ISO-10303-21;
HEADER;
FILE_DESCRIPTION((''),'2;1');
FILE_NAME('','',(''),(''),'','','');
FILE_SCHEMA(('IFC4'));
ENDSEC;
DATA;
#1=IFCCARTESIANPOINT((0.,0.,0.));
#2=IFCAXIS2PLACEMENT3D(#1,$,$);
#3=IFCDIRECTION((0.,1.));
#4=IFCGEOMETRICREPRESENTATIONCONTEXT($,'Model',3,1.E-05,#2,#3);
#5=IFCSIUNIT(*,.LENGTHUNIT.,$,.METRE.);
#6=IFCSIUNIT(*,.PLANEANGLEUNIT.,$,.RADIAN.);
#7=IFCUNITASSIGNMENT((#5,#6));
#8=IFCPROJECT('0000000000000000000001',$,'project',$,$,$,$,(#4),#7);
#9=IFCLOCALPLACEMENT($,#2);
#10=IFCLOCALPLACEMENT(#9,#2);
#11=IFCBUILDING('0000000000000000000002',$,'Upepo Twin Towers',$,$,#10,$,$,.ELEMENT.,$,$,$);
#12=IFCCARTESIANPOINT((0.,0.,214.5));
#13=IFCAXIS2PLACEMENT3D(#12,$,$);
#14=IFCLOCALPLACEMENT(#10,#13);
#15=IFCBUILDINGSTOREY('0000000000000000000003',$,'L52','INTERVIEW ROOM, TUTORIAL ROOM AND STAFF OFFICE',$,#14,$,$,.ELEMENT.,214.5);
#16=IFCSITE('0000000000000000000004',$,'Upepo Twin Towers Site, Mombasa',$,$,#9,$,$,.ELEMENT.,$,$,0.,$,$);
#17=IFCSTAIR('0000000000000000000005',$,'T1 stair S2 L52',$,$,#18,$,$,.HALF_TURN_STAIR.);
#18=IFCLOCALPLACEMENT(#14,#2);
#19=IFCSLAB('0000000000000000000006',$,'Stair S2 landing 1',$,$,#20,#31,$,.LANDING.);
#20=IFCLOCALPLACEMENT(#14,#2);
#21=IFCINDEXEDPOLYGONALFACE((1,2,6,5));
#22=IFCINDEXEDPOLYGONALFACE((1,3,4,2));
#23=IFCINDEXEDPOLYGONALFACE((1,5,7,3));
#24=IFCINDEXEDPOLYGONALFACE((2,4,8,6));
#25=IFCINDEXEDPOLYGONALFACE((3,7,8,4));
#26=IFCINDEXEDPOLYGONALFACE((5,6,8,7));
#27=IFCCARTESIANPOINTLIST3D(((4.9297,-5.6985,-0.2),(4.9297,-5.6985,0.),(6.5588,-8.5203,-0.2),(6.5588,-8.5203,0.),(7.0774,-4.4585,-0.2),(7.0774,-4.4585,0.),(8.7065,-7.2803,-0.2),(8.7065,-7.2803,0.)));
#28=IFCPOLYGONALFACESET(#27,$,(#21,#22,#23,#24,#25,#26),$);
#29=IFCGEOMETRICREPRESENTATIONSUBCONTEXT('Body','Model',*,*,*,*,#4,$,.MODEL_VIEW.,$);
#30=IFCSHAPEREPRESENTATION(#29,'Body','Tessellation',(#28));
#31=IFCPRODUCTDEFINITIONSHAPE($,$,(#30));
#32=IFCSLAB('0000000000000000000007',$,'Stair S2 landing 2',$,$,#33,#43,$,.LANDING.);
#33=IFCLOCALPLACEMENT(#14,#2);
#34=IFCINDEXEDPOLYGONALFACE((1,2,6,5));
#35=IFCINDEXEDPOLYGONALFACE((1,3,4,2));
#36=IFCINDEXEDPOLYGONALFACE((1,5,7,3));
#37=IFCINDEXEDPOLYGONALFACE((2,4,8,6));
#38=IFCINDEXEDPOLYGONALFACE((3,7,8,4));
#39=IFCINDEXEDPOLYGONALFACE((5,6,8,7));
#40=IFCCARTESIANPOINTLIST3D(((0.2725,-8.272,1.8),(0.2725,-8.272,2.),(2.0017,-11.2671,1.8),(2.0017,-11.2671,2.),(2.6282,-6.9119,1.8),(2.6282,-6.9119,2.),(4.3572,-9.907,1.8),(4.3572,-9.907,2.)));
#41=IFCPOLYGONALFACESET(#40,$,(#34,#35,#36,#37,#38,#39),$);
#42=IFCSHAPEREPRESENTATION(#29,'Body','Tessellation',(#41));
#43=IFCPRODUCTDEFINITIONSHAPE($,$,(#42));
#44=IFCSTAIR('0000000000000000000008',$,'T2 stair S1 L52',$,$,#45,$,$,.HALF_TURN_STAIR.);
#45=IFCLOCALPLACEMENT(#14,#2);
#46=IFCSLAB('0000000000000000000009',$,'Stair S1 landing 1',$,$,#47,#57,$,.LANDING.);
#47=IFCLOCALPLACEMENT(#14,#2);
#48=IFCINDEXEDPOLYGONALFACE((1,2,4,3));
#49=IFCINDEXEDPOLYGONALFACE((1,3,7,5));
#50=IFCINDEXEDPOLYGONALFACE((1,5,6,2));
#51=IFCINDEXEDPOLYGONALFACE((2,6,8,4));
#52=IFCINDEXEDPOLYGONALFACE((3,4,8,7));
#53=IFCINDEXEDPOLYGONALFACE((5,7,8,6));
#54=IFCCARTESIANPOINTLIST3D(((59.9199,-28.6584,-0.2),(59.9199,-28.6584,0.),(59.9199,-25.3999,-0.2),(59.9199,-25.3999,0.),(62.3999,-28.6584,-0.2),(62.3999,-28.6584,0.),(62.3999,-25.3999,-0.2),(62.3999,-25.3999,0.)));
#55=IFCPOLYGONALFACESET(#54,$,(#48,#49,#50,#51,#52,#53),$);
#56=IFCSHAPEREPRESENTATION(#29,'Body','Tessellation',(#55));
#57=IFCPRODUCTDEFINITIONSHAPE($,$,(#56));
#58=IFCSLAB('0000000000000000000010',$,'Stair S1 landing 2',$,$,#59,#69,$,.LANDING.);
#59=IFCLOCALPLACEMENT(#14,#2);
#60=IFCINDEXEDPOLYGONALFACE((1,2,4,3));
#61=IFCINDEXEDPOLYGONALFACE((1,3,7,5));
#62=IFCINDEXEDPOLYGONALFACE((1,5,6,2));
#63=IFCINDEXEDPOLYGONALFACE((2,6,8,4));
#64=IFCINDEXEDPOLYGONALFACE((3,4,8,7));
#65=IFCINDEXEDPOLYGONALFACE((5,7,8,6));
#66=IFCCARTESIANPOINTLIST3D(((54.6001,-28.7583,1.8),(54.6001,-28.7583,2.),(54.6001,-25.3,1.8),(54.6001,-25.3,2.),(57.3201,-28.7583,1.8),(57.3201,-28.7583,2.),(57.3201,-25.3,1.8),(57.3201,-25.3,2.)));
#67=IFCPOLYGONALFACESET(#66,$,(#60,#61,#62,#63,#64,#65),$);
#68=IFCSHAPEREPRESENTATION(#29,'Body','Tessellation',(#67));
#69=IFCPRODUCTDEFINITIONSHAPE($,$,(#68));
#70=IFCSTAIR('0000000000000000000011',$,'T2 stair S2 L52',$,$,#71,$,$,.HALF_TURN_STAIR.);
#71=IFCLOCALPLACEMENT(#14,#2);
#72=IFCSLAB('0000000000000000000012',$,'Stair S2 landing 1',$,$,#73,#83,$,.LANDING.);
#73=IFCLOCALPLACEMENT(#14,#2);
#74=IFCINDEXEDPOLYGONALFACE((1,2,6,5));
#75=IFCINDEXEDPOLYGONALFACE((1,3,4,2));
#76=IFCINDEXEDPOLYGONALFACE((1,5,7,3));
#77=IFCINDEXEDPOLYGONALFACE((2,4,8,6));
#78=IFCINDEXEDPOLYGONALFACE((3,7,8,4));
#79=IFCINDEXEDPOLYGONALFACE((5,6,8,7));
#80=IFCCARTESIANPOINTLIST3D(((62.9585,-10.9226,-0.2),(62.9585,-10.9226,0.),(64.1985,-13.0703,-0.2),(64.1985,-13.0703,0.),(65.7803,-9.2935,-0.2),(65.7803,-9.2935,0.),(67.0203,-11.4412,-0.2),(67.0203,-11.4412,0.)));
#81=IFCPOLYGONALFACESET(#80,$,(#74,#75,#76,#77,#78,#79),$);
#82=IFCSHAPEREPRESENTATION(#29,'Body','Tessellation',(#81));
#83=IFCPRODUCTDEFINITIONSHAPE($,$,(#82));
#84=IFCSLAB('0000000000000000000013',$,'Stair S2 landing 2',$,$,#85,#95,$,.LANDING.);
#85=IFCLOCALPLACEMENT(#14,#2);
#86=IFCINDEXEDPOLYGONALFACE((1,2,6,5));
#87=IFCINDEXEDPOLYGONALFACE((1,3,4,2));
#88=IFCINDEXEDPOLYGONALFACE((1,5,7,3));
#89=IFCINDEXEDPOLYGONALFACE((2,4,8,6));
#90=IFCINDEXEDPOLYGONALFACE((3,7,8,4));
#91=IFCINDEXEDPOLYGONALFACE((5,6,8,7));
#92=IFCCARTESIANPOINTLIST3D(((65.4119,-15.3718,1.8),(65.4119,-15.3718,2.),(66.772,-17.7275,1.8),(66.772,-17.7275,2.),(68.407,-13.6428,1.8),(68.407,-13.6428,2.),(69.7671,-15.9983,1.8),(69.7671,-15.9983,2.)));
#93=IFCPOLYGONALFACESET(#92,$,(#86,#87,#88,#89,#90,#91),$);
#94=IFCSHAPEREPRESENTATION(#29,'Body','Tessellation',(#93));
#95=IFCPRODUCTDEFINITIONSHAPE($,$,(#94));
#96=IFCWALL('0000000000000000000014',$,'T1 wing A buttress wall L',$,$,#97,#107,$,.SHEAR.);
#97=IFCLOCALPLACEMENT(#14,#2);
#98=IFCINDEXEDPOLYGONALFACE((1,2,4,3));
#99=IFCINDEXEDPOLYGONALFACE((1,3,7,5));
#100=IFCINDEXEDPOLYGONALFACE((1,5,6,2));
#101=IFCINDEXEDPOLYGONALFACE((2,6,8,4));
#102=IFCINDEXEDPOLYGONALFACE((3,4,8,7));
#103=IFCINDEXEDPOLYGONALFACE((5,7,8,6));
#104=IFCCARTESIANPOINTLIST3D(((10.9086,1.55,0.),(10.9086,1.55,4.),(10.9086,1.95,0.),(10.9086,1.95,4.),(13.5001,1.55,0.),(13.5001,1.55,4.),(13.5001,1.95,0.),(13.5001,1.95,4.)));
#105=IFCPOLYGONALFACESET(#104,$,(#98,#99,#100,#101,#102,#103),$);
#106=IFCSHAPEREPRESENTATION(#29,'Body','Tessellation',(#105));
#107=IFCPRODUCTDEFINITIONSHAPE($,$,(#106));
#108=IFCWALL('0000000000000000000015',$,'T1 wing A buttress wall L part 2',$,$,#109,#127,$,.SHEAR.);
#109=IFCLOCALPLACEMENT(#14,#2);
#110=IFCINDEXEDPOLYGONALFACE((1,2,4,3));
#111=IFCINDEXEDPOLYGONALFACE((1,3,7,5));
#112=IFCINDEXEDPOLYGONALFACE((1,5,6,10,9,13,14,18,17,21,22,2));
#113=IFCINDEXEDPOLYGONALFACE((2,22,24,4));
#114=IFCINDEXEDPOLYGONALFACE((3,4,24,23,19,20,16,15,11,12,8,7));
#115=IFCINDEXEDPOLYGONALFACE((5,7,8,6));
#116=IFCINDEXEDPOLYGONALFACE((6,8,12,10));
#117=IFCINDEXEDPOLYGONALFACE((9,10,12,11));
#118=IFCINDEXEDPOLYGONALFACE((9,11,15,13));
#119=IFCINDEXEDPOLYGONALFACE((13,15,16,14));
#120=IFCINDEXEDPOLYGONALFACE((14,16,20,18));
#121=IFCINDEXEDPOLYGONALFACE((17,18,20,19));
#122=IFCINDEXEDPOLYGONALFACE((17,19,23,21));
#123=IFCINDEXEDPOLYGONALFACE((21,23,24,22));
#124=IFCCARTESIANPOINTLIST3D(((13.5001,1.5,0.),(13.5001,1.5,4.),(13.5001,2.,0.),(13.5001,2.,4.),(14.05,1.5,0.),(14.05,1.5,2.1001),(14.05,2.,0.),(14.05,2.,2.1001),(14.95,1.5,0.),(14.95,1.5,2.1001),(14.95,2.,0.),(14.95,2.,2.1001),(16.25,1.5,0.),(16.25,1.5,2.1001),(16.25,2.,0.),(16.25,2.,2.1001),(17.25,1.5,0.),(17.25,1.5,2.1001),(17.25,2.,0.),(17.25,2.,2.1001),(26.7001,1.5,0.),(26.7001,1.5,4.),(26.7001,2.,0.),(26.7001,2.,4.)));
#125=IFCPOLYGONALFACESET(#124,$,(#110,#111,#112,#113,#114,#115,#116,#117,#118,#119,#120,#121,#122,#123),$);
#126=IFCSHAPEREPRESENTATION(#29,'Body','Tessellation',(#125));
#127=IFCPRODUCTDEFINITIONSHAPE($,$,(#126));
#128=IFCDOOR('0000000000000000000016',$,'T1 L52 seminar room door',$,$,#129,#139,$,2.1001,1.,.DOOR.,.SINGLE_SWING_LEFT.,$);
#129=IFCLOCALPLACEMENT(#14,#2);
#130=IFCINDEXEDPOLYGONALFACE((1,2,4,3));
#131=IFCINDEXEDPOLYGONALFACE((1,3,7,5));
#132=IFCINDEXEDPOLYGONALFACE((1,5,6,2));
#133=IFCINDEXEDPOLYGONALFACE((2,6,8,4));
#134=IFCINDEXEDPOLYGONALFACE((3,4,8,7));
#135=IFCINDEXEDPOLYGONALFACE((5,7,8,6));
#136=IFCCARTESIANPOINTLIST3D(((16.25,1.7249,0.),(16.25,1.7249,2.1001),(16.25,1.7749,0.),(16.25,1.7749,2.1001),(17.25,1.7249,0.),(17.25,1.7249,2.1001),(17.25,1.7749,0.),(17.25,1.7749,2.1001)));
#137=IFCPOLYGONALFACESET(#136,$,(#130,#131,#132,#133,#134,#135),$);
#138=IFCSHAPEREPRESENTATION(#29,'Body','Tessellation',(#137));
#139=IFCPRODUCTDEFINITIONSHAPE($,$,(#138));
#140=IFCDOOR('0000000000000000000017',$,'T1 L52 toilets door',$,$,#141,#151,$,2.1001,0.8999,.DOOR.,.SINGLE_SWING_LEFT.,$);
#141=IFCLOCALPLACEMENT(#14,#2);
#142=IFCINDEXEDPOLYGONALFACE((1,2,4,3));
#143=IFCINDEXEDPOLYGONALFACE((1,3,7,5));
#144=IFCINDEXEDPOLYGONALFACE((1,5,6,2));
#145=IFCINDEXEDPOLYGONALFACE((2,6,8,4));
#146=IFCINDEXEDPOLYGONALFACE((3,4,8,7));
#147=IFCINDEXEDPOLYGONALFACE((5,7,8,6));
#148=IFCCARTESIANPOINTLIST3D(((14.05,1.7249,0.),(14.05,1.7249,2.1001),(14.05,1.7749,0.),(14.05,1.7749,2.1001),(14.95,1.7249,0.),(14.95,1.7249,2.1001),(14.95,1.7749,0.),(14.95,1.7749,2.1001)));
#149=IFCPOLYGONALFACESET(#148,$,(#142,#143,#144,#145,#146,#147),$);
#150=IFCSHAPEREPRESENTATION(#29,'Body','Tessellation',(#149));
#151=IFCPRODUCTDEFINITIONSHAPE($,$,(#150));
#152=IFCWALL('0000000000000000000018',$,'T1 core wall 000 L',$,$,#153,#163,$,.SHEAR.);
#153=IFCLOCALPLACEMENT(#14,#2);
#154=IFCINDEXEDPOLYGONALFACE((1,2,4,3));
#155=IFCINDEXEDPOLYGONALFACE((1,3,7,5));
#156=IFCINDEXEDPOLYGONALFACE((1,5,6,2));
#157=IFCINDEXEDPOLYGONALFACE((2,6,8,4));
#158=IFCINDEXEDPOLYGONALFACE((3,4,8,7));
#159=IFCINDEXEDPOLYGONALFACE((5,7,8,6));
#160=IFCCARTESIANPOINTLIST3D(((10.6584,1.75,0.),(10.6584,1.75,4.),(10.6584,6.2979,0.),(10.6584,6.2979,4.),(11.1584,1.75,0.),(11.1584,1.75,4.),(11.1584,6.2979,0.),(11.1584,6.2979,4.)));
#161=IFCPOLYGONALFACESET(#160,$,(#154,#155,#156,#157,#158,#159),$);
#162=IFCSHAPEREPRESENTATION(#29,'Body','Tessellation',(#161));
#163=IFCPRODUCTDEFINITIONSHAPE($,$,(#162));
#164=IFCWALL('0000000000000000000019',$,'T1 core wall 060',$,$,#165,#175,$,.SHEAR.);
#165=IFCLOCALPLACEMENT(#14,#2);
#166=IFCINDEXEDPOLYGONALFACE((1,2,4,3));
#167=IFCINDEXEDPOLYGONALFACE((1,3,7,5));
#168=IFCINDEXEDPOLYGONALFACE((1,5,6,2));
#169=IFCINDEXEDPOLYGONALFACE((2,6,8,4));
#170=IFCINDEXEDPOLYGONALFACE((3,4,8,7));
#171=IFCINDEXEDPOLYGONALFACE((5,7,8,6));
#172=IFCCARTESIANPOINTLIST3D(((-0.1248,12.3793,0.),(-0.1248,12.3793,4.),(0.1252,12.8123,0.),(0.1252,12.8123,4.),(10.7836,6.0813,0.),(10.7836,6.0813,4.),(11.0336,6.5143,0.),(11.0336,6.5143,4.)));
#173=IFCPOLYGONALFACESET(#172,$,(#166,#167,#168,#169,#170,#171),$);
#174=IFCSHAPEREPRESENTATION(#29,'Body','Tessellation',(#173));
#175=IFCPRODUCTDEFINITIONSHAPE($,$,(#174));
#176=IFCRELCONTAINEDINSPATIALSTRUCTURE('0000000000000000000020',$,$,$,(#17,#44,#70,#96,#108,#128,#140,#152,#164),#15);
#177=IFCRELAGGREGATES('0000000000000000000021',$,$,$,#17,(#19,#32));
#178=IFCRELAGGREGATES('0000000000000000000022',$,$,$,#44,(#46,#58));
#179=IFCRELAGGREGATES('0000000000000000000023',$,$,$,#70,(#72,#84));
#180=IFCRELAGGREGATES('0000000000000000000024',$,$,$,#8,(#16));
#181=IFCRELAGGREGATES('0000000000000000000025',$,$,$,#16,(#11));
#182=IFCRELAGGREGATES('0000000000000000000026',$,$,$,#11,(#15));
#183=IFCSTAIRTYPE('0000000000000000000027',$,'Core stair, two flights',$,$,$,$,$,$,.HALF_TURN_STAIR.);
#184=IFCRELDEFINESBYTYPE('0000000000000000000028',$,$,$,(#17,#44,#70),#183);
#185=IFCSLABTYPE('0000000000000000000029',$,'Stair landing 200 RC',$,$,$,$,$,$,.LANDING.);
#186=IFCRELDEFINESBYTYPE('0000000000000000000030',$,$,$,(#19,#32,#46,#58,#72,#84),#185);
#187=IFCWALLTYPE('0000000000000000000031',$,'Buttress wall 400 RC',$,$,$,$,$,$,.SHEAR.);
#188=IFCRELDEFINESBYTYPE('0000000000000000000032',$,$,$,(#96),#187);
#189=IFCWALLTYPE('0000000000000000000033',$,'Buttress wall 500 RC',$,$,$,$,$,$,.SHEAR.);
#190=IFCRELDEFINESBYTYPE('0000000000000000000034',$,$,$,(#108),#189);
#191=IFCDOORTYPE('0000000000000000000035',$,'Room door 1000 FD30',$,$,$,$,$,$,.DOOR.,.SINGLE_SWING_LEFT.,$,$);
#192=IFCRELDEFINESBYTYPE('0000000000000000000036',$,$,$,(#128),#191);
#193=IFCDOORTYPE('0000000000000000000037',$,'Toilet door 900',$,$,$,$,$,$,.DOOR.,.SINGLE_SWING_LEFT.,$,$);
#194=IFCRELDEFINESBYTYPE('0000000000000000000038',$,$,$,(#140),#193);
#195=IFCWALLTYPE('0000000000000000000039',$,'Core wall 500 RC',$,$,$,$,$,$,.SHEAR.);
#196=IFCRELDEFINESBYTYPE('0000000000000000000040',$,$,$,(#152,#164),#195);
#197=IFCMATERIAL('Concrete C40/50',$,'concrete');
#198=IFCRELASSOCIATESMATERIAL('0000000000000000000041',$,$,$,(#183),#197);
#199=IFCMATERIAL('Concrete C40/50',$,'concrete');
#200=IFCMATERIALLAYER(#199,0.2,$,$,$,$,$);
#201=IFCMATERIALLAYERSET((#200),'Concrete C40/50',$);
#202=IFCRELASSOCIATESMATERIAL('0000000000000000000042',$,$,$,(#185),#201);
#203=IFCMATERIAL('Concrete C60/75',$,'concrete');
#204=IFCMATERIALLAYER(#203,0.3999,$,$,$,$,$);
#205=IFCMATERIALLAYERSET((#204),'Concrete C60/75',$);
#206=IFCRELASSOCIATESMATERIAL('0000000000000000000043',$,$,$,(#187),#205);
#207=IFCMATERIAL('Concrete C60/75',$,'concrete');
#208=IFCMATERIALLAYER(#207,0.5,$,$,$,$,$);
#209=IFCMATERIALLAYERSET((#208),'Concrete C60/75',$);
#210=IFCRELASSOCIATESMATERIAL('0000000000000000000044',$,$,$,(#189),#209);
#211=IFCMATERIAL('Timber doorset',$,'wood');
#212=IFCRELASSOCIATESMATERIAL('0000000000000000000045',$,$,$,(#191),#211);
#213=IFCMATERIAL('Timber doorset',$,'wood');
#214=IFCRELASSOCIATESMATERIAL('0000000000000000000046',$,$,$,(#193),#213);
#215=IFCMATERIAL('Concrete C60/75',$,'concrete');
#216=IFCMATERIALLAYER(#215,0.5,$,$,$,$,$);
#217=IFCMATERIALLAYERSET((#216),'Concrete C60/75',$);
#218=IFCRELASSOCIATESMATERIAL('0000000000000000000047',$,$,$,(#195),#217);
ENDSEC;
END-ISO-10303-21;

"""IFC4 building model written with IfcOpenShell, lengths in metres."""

from ifc_helpers import new_model, si_unit, direction, frame, frame_2d, origin, place, context, subcontext, project, spatial, polyline, rectangle, outline, extrude, material, layer, layer_set, type_object, element, fill, aggregate, save


model = new_model("IFC4")

# Units and contexts
model_context = context("Model", 3, precision=1e-05, world=origin(), true_north=direction((0.0, 1.0)))
body_context = subcontext(model_context, "Body", "Model", "MODEL_VIEW")
ifc_project = project(units=[si_unit("LENGTHUNIT", "METRE"), si_unit("PLANEANGLEUNIT", "RADIAN")], contexts=[model_context])

# Site, building, storey
site_placement = place(None, origin())
site = spatial("IfcSite", under=ifc_project, at=site_placement, Name="Upepo Twin Towers Site, Mombasa", CompositionType="ELEMENT", RefElevation=0.0)
building_placement = place(site_placement, origin())
building = spatial("IfcBuilding", under=site, at=building_placement, Name="Upepo Twin Towers", CompositionType="ELEMENT")
storey_placement = place(building_placement, frame((0.0, 0.0, 214.5)))
storey = spatial("IfcBuildingStorey", under=building, at=storey_placement, Name="L52", Description="INTERVIEW ROOM, TUTORIAL ROOM AND STAFF OFFICE", CompositionType="ELEMENT", Elevation=214.5)

# Stairs, slabs
ifc_material_1 = material(Name="Concrete C40/50", Category="concrete")
stair_type = type_object("IfcStairType", Name="Core stair, two flights", PredefinedType="HALF_TURN_STAIR", material=ifc_material_1)
stair_1_placement = place(storey_placement, origin())
stair_1 = element("IfcStair", 1, at=stair_1_placement, inside=storey, type_object=stair_type, Name="T1 stair S2 L52", PredefinedType="HALF_TURN_STAIR")
ifc_material_2 = material(Name="Concrete C40/50", Category="concrete")
ifc_layer_1 = layer(ifc_material_2, 0.2)
ifc_layer_set_1 = layer_set([ifc_layer_1], Name="Concrete C40/50")
slab_type = type_object("IfcSlabType", Name="Stair landing 200 RC", PredefinedType="LANDING", material=ifc_layer_set_1)
slab_1_placement = place(storey_placement, frame((0.0, 0.0, -0.2)))
slab_1 = element("IfcSlab", 2, at=slab_1_placement, type_object=slab_type, Name="Stair S2 landing 1", PredefinedType="LANDING", context=body_context, shape_type="SweptSolid", body=[
    extrude(outline(polyline([(4.9297, -5.6985), (6.5588, -8.5203), (8.7065, -7.2803), (7.0774, -4.4585), (4.9297, -5.6985)])), origin(), (0.0, 0.0, 1.0), 0.2),
])
slab_2_placement = place(storey_placement, frame((0.0, 0.0, 1.8)))
slab_2 = element("IfcSlab", 3, at=slab_2_placement, type_object=slab_type, Name="Stair S2 landing 2", PredefinedType="LANDING", context=body_context, shape_type="SweptSolid", body=[
    extrude(outline(polyline([(0.2725, -8.272), (2.0017, -11.2671), (4.3572, -9.907), (2.6282, -6.9119), (0.2725, -8.272)])), origin(), (0.0, 0.0, 1.0), 0.2),
])
aggregate(stair_1, [slab_1, slab_2])
stair_2_placement = place(storey_placement, origin())
stair_2 = element("IfcStair", 4, at=stair_2_placement, inside=storey, type_object=stair_type, Name="T2 stair S1 L52", PredefinedType="HALF_TURN_STAIR")
slab_3_placement = place(storey_placement, frame((0.0, 0.0, -0.2)))
slab_3 = element("IfcSlab", 5, at=slab_3_placement, type_object=slab_type, Name="Stair S1 landing 1", PredefinedType="LANDING", context=body_context, shape_type="SweptSolid", body=[
    extrude(outline(polyline([(59.9199, -25.3999), (59.9199, -28.6584), (62.3999, -28.6584), (62.3999, -25.3999), (59.9199, -25.3999)])), origin(), (0.0, 0.0, 1.0), 0.2),
])
slab_4_placement = place(storey_placement, frame((0.0, 0.0, 1.8)))
slab_4 = element("IfcSlab", 6, at=slab_4_placement, type_object=slab_type, Name="Stair S1 landing 2", PredefinedType="LANDING", context=body_context, shape_type="SweptSolid", body=[
    extrude(outline(polyline([(54.6001, -25.3), (54.6001, -28.7583), (57.3201, -28.7583), (57.3201, -25.3), (54.6001, -25.3)])), origin(), (0.0, 0.0, 1.0), 0.2),
])
aggregate(stair_2, [slab_3, slab_4])
stair_3_placement = place(storey_placement, origin())
stair_3 = element("IfcStair", 7, at=stair_3_placement, inside=storey, type_object=stair_type, Name="T2 stair S2 L52", PredefinedType="HALF_TURN_STAIR")
slab_5_placement = place(storey_placement, frame((0.0, 0.0, -0.2)))
slab_5 = element("IfcSlab", 8, at=slab_5_placement, type_object=slab_type, Name="Stair S2 landing 1", PredefinedType="LANDING", context=body_context, shape_type="SweptSolid", body=[
    extrude(outline(polyline([(64.1985, -13.0703), (67.0203, -11.4412), (65.7803, -9.2935), (62.9585, -10.9226), (64.1985, -13.0703)])), origin(), (0.0, 0.0, 1.0), 0.2),
])
slab_6_placement = place(storey_placement, frame((0.0, 0.0, 1.8)))
slab_6 = element("IfcSlab", 9, at=slab_6_placement, type_object=slab_type, Name="Stair S2 landing 2", PredefinedType="LANDING", context=body_context, shape_type="SweptSolid", body=[
    extrude(outline(polyline([(66.772, -17.7275), (69.7671, -15.9983), (68.407, -13.6428), (65.4119, -15.3718), (66.772, -17.7275)])), origin(), (0.0, 0.0, 1.0), 0.2),
])
aggregate(stair_3, [slab_5, slab_6])

# Wall
ifc_material_3 = material(Name="Concrete C60/75", Category="concrete")
ifc_layer_2 = layer(ifc_material_3, 0.3999)
ifc_layer_set_2 = layer_set([ifc_layer_2], Name="Concrete C60/75")
wall_type_1 = type_object("IfcWallType", Name="Buttress wall 400 RC", PredefinedType="SHEAR", material=ifc_layer_set_2)
wall_1_placement = place(storey_placement, frame((10.9084, 1.75, 0.0), z_axis=(0.0, 0.0, 1.0), x_axis=(1.0, 0.0, 0.0)))
element("IfcWall", 10, at=wall_1_placement, inside=storey, type_object=wall_type_1, Name="T1 wing A buttress wall L", PredefinedType="SHEAR", context=body_context, shape_type="SweptSolid", body=[
    extrude(rectangle(XDim=2.5916, YDim=0.3999, at=frame_2d((1.2959, 0.0))), origin(), (0.0, 0.0, 1.0), 4.0),
])

# Wall, openings, doors
ifc_material_4 = material(Name="Concrete C60/75", Category="concrete")
ifc_layer_3 = layer(ifc_material_4, 0.5)
ifc_layer_set_3 = layer_set([ifc_layer_3], Name="Concrete C60/75")
wall_type_2 = type_object("IfcWallType", Name="Buttress wall 500 RC", PredefinedType="SHEAR", material=ifc_layer_set_3)
wall_2_placement = place(storey_placement, frame((13.5, 1.75, 0.0), z_axis=(0.0, 0.0, 1.0), x_axis=(1.0, 0.0, 0.0)))
wall_2 = element("IfcWall", 11, at=wall_2_placement, inside=storey, type_object=wall_type_2, Name="T1 wing A buttress wall L part 2", PredefinedType="SHEAR", context=body_context, shape_type="SweptSolid", body=[
    extrude(rectangle(XDim=13.2, YDim=0.5, at=frame_2d((6.6001, 0.0))), origin(), (0.0, 0.0, 1.0), 4.0),
])
opening_1_placement = place(wall_2_placement, frame((0.55, 0.0, 0.0)))
opening_1 = element("IfcOpeningElement", 12, at=opening_1_placement, cuts=wall_2, PredefinedType="OPENING", context=body_context, shape_type="SweptSolid", body=[
    extrude(rectangle(XDim=0.8999, YDim=2.1001, at=frame_2d((0.45, 1.05))), frame((0.0, 0.26, 0.0), z_axis=(0.0, -1.0, 0.0), x_axis=(1.0, 0.0, 0.0)), (0.0, 0.0, 1.0), 0.52),
])
opening_2_placement = place(wall_2_placement, frame((2.75, 0.0, 0.0)))
opening_2 = element("IfcOpeningElement", 13, at=opening_2_placement, cuts=wall_2, PredefinedType="OPENING", context=body_context, shape_type="SweptSolid", body=[
    extrude(rectangle(XDim=1.0, YDim=2.1001, at=frame_2d((0.5, 1.05))), frame((0.0, 0.26, 0.0), z_axis=(0.0, -1.0, 0.0), x_axis=(1.0, 0.0, 0.0)), (0.0, 0.0, 1.0), 0.52),
])
ifc_material_5 = material(Name="Timber doorset", Category="wood")
door_type_1 = type_object("IfcDoorType", Name="Room door 1000 FD30", OperationType="SINGLE_SWING_LEFT", PredefinedType="DOOR", material=ifc_material_5)
door_1_placement = place(opening_2_placement, origin())
door_1 = element("IfcDoor", 14, at=door_1_placement, inside=storey, type_object=door_type_1, Name="T1 L52 seminar room door", OperationType="SINGLE_SWING_LEFT", OverallHeight=2.1001, OverallWidth=1.0, PredefinedType="DOOR", context=body_context, shape_type="SweptSolid", body=[
    extrude(rectangle(XDim=1.0, YDim=2.1001, at=frame_2d((0.5, 1.05))), frame((0.0, 0.0249, 0.0), z_axis=(0.0, -1.0, 0.0), x_axis=(1.0, 0.0, 0.0)), (0.0, 0.0, 1.0), 0.05),
])
fill(opening_2, door_1)
ifc_material_6 = material(Name="Timber doorset", Category="wood")
door_type_2 = type_object("IfcDoorType", Name="Toilet door 900", OperationType="SINGLE_SWING_LEFT", PredefinedType="DOOR", material=ifc_material_6)
door_2_placement = place(opening_1_placement, origin())
door_2 = element("IfcDoor", 15, at=door_2_placement, inside=storey, type_object=door_type_2, Name="T1 L52 toilets door", OperationType="SINGLE_SWING_LEFT", OverallHeight=2.1001, OverallWidth=0.8999, PredefinedType="DOOR", context=body_context, shape_type="SweptSolid", body=[
    extrude(rectangle(XDim=0.8999, YDim=2.1001, at=frame_2d((0.45, 1.05))), frame((0.0, 0.0249, 0.0), z_axis=(0.0, -1.0, 0.0), x_axis=(1.0, 0.0, 0.0)), (0.0, 0.0, 1.0), 0.05),
])
fill(opening_1, door_2)

# Walls
ifc_material_7 = material(Name="Concrete C60/75", Category="concrete")
ifc_layer_4 = layer(ifc_material_7, 0.5)
ifc_layer_set_4 = layer_set([ifc_layer_4], Name="Concrete C60/75")
wall_type_3 = type_object("IfcWallType", Name="Core wall 500 RC", PredefinedType="SHEAR", material=ifc_layer_set_4)
wall_3_placement = place(storey_placement, frame((10.9084, 1.75, 0.0), z_axis=(0.0, 0.0, 1.0), x_axis=(0.0, 1.0, 0.0)))
element("IfcWall", 16, at=wall_3_placement, inside=storey, type_object=wall_type_3, Name="T1 core wall 000 L", PredefinedType="SHEAR", context=body_context, shape_type="SweptSolid", body=[
    extrude(rectangle(XDim=4.5479, YDim=0.5, at=frame_2d((2.2739, 0.0))), origin(), (0.0, 0.0, 1.0), 4.0),
])
wall_4_placement = place(storey_placement, frame((10.9084, 6.2979, 0.0), z_axis=(0.0, 0.0, 1.0), x_axis=(-0.866022, 0.500006, 0.0)))
element("IfcWall", 17, at=wall_4_placement, inside=storey, type_object=wall_type_3, Name="T1 core wall 060", PredefinedType="SHEAR", context=body_context, shape_type="SweptSolid", body=[
    extrude(rectangle(XDim=12.5959, YDim=0.5, at=frame_2d((6.2979, 0.0))), origin(), (0.0, 0.0, 1.0), 4.0),
])

save(model, "model.ifc")
